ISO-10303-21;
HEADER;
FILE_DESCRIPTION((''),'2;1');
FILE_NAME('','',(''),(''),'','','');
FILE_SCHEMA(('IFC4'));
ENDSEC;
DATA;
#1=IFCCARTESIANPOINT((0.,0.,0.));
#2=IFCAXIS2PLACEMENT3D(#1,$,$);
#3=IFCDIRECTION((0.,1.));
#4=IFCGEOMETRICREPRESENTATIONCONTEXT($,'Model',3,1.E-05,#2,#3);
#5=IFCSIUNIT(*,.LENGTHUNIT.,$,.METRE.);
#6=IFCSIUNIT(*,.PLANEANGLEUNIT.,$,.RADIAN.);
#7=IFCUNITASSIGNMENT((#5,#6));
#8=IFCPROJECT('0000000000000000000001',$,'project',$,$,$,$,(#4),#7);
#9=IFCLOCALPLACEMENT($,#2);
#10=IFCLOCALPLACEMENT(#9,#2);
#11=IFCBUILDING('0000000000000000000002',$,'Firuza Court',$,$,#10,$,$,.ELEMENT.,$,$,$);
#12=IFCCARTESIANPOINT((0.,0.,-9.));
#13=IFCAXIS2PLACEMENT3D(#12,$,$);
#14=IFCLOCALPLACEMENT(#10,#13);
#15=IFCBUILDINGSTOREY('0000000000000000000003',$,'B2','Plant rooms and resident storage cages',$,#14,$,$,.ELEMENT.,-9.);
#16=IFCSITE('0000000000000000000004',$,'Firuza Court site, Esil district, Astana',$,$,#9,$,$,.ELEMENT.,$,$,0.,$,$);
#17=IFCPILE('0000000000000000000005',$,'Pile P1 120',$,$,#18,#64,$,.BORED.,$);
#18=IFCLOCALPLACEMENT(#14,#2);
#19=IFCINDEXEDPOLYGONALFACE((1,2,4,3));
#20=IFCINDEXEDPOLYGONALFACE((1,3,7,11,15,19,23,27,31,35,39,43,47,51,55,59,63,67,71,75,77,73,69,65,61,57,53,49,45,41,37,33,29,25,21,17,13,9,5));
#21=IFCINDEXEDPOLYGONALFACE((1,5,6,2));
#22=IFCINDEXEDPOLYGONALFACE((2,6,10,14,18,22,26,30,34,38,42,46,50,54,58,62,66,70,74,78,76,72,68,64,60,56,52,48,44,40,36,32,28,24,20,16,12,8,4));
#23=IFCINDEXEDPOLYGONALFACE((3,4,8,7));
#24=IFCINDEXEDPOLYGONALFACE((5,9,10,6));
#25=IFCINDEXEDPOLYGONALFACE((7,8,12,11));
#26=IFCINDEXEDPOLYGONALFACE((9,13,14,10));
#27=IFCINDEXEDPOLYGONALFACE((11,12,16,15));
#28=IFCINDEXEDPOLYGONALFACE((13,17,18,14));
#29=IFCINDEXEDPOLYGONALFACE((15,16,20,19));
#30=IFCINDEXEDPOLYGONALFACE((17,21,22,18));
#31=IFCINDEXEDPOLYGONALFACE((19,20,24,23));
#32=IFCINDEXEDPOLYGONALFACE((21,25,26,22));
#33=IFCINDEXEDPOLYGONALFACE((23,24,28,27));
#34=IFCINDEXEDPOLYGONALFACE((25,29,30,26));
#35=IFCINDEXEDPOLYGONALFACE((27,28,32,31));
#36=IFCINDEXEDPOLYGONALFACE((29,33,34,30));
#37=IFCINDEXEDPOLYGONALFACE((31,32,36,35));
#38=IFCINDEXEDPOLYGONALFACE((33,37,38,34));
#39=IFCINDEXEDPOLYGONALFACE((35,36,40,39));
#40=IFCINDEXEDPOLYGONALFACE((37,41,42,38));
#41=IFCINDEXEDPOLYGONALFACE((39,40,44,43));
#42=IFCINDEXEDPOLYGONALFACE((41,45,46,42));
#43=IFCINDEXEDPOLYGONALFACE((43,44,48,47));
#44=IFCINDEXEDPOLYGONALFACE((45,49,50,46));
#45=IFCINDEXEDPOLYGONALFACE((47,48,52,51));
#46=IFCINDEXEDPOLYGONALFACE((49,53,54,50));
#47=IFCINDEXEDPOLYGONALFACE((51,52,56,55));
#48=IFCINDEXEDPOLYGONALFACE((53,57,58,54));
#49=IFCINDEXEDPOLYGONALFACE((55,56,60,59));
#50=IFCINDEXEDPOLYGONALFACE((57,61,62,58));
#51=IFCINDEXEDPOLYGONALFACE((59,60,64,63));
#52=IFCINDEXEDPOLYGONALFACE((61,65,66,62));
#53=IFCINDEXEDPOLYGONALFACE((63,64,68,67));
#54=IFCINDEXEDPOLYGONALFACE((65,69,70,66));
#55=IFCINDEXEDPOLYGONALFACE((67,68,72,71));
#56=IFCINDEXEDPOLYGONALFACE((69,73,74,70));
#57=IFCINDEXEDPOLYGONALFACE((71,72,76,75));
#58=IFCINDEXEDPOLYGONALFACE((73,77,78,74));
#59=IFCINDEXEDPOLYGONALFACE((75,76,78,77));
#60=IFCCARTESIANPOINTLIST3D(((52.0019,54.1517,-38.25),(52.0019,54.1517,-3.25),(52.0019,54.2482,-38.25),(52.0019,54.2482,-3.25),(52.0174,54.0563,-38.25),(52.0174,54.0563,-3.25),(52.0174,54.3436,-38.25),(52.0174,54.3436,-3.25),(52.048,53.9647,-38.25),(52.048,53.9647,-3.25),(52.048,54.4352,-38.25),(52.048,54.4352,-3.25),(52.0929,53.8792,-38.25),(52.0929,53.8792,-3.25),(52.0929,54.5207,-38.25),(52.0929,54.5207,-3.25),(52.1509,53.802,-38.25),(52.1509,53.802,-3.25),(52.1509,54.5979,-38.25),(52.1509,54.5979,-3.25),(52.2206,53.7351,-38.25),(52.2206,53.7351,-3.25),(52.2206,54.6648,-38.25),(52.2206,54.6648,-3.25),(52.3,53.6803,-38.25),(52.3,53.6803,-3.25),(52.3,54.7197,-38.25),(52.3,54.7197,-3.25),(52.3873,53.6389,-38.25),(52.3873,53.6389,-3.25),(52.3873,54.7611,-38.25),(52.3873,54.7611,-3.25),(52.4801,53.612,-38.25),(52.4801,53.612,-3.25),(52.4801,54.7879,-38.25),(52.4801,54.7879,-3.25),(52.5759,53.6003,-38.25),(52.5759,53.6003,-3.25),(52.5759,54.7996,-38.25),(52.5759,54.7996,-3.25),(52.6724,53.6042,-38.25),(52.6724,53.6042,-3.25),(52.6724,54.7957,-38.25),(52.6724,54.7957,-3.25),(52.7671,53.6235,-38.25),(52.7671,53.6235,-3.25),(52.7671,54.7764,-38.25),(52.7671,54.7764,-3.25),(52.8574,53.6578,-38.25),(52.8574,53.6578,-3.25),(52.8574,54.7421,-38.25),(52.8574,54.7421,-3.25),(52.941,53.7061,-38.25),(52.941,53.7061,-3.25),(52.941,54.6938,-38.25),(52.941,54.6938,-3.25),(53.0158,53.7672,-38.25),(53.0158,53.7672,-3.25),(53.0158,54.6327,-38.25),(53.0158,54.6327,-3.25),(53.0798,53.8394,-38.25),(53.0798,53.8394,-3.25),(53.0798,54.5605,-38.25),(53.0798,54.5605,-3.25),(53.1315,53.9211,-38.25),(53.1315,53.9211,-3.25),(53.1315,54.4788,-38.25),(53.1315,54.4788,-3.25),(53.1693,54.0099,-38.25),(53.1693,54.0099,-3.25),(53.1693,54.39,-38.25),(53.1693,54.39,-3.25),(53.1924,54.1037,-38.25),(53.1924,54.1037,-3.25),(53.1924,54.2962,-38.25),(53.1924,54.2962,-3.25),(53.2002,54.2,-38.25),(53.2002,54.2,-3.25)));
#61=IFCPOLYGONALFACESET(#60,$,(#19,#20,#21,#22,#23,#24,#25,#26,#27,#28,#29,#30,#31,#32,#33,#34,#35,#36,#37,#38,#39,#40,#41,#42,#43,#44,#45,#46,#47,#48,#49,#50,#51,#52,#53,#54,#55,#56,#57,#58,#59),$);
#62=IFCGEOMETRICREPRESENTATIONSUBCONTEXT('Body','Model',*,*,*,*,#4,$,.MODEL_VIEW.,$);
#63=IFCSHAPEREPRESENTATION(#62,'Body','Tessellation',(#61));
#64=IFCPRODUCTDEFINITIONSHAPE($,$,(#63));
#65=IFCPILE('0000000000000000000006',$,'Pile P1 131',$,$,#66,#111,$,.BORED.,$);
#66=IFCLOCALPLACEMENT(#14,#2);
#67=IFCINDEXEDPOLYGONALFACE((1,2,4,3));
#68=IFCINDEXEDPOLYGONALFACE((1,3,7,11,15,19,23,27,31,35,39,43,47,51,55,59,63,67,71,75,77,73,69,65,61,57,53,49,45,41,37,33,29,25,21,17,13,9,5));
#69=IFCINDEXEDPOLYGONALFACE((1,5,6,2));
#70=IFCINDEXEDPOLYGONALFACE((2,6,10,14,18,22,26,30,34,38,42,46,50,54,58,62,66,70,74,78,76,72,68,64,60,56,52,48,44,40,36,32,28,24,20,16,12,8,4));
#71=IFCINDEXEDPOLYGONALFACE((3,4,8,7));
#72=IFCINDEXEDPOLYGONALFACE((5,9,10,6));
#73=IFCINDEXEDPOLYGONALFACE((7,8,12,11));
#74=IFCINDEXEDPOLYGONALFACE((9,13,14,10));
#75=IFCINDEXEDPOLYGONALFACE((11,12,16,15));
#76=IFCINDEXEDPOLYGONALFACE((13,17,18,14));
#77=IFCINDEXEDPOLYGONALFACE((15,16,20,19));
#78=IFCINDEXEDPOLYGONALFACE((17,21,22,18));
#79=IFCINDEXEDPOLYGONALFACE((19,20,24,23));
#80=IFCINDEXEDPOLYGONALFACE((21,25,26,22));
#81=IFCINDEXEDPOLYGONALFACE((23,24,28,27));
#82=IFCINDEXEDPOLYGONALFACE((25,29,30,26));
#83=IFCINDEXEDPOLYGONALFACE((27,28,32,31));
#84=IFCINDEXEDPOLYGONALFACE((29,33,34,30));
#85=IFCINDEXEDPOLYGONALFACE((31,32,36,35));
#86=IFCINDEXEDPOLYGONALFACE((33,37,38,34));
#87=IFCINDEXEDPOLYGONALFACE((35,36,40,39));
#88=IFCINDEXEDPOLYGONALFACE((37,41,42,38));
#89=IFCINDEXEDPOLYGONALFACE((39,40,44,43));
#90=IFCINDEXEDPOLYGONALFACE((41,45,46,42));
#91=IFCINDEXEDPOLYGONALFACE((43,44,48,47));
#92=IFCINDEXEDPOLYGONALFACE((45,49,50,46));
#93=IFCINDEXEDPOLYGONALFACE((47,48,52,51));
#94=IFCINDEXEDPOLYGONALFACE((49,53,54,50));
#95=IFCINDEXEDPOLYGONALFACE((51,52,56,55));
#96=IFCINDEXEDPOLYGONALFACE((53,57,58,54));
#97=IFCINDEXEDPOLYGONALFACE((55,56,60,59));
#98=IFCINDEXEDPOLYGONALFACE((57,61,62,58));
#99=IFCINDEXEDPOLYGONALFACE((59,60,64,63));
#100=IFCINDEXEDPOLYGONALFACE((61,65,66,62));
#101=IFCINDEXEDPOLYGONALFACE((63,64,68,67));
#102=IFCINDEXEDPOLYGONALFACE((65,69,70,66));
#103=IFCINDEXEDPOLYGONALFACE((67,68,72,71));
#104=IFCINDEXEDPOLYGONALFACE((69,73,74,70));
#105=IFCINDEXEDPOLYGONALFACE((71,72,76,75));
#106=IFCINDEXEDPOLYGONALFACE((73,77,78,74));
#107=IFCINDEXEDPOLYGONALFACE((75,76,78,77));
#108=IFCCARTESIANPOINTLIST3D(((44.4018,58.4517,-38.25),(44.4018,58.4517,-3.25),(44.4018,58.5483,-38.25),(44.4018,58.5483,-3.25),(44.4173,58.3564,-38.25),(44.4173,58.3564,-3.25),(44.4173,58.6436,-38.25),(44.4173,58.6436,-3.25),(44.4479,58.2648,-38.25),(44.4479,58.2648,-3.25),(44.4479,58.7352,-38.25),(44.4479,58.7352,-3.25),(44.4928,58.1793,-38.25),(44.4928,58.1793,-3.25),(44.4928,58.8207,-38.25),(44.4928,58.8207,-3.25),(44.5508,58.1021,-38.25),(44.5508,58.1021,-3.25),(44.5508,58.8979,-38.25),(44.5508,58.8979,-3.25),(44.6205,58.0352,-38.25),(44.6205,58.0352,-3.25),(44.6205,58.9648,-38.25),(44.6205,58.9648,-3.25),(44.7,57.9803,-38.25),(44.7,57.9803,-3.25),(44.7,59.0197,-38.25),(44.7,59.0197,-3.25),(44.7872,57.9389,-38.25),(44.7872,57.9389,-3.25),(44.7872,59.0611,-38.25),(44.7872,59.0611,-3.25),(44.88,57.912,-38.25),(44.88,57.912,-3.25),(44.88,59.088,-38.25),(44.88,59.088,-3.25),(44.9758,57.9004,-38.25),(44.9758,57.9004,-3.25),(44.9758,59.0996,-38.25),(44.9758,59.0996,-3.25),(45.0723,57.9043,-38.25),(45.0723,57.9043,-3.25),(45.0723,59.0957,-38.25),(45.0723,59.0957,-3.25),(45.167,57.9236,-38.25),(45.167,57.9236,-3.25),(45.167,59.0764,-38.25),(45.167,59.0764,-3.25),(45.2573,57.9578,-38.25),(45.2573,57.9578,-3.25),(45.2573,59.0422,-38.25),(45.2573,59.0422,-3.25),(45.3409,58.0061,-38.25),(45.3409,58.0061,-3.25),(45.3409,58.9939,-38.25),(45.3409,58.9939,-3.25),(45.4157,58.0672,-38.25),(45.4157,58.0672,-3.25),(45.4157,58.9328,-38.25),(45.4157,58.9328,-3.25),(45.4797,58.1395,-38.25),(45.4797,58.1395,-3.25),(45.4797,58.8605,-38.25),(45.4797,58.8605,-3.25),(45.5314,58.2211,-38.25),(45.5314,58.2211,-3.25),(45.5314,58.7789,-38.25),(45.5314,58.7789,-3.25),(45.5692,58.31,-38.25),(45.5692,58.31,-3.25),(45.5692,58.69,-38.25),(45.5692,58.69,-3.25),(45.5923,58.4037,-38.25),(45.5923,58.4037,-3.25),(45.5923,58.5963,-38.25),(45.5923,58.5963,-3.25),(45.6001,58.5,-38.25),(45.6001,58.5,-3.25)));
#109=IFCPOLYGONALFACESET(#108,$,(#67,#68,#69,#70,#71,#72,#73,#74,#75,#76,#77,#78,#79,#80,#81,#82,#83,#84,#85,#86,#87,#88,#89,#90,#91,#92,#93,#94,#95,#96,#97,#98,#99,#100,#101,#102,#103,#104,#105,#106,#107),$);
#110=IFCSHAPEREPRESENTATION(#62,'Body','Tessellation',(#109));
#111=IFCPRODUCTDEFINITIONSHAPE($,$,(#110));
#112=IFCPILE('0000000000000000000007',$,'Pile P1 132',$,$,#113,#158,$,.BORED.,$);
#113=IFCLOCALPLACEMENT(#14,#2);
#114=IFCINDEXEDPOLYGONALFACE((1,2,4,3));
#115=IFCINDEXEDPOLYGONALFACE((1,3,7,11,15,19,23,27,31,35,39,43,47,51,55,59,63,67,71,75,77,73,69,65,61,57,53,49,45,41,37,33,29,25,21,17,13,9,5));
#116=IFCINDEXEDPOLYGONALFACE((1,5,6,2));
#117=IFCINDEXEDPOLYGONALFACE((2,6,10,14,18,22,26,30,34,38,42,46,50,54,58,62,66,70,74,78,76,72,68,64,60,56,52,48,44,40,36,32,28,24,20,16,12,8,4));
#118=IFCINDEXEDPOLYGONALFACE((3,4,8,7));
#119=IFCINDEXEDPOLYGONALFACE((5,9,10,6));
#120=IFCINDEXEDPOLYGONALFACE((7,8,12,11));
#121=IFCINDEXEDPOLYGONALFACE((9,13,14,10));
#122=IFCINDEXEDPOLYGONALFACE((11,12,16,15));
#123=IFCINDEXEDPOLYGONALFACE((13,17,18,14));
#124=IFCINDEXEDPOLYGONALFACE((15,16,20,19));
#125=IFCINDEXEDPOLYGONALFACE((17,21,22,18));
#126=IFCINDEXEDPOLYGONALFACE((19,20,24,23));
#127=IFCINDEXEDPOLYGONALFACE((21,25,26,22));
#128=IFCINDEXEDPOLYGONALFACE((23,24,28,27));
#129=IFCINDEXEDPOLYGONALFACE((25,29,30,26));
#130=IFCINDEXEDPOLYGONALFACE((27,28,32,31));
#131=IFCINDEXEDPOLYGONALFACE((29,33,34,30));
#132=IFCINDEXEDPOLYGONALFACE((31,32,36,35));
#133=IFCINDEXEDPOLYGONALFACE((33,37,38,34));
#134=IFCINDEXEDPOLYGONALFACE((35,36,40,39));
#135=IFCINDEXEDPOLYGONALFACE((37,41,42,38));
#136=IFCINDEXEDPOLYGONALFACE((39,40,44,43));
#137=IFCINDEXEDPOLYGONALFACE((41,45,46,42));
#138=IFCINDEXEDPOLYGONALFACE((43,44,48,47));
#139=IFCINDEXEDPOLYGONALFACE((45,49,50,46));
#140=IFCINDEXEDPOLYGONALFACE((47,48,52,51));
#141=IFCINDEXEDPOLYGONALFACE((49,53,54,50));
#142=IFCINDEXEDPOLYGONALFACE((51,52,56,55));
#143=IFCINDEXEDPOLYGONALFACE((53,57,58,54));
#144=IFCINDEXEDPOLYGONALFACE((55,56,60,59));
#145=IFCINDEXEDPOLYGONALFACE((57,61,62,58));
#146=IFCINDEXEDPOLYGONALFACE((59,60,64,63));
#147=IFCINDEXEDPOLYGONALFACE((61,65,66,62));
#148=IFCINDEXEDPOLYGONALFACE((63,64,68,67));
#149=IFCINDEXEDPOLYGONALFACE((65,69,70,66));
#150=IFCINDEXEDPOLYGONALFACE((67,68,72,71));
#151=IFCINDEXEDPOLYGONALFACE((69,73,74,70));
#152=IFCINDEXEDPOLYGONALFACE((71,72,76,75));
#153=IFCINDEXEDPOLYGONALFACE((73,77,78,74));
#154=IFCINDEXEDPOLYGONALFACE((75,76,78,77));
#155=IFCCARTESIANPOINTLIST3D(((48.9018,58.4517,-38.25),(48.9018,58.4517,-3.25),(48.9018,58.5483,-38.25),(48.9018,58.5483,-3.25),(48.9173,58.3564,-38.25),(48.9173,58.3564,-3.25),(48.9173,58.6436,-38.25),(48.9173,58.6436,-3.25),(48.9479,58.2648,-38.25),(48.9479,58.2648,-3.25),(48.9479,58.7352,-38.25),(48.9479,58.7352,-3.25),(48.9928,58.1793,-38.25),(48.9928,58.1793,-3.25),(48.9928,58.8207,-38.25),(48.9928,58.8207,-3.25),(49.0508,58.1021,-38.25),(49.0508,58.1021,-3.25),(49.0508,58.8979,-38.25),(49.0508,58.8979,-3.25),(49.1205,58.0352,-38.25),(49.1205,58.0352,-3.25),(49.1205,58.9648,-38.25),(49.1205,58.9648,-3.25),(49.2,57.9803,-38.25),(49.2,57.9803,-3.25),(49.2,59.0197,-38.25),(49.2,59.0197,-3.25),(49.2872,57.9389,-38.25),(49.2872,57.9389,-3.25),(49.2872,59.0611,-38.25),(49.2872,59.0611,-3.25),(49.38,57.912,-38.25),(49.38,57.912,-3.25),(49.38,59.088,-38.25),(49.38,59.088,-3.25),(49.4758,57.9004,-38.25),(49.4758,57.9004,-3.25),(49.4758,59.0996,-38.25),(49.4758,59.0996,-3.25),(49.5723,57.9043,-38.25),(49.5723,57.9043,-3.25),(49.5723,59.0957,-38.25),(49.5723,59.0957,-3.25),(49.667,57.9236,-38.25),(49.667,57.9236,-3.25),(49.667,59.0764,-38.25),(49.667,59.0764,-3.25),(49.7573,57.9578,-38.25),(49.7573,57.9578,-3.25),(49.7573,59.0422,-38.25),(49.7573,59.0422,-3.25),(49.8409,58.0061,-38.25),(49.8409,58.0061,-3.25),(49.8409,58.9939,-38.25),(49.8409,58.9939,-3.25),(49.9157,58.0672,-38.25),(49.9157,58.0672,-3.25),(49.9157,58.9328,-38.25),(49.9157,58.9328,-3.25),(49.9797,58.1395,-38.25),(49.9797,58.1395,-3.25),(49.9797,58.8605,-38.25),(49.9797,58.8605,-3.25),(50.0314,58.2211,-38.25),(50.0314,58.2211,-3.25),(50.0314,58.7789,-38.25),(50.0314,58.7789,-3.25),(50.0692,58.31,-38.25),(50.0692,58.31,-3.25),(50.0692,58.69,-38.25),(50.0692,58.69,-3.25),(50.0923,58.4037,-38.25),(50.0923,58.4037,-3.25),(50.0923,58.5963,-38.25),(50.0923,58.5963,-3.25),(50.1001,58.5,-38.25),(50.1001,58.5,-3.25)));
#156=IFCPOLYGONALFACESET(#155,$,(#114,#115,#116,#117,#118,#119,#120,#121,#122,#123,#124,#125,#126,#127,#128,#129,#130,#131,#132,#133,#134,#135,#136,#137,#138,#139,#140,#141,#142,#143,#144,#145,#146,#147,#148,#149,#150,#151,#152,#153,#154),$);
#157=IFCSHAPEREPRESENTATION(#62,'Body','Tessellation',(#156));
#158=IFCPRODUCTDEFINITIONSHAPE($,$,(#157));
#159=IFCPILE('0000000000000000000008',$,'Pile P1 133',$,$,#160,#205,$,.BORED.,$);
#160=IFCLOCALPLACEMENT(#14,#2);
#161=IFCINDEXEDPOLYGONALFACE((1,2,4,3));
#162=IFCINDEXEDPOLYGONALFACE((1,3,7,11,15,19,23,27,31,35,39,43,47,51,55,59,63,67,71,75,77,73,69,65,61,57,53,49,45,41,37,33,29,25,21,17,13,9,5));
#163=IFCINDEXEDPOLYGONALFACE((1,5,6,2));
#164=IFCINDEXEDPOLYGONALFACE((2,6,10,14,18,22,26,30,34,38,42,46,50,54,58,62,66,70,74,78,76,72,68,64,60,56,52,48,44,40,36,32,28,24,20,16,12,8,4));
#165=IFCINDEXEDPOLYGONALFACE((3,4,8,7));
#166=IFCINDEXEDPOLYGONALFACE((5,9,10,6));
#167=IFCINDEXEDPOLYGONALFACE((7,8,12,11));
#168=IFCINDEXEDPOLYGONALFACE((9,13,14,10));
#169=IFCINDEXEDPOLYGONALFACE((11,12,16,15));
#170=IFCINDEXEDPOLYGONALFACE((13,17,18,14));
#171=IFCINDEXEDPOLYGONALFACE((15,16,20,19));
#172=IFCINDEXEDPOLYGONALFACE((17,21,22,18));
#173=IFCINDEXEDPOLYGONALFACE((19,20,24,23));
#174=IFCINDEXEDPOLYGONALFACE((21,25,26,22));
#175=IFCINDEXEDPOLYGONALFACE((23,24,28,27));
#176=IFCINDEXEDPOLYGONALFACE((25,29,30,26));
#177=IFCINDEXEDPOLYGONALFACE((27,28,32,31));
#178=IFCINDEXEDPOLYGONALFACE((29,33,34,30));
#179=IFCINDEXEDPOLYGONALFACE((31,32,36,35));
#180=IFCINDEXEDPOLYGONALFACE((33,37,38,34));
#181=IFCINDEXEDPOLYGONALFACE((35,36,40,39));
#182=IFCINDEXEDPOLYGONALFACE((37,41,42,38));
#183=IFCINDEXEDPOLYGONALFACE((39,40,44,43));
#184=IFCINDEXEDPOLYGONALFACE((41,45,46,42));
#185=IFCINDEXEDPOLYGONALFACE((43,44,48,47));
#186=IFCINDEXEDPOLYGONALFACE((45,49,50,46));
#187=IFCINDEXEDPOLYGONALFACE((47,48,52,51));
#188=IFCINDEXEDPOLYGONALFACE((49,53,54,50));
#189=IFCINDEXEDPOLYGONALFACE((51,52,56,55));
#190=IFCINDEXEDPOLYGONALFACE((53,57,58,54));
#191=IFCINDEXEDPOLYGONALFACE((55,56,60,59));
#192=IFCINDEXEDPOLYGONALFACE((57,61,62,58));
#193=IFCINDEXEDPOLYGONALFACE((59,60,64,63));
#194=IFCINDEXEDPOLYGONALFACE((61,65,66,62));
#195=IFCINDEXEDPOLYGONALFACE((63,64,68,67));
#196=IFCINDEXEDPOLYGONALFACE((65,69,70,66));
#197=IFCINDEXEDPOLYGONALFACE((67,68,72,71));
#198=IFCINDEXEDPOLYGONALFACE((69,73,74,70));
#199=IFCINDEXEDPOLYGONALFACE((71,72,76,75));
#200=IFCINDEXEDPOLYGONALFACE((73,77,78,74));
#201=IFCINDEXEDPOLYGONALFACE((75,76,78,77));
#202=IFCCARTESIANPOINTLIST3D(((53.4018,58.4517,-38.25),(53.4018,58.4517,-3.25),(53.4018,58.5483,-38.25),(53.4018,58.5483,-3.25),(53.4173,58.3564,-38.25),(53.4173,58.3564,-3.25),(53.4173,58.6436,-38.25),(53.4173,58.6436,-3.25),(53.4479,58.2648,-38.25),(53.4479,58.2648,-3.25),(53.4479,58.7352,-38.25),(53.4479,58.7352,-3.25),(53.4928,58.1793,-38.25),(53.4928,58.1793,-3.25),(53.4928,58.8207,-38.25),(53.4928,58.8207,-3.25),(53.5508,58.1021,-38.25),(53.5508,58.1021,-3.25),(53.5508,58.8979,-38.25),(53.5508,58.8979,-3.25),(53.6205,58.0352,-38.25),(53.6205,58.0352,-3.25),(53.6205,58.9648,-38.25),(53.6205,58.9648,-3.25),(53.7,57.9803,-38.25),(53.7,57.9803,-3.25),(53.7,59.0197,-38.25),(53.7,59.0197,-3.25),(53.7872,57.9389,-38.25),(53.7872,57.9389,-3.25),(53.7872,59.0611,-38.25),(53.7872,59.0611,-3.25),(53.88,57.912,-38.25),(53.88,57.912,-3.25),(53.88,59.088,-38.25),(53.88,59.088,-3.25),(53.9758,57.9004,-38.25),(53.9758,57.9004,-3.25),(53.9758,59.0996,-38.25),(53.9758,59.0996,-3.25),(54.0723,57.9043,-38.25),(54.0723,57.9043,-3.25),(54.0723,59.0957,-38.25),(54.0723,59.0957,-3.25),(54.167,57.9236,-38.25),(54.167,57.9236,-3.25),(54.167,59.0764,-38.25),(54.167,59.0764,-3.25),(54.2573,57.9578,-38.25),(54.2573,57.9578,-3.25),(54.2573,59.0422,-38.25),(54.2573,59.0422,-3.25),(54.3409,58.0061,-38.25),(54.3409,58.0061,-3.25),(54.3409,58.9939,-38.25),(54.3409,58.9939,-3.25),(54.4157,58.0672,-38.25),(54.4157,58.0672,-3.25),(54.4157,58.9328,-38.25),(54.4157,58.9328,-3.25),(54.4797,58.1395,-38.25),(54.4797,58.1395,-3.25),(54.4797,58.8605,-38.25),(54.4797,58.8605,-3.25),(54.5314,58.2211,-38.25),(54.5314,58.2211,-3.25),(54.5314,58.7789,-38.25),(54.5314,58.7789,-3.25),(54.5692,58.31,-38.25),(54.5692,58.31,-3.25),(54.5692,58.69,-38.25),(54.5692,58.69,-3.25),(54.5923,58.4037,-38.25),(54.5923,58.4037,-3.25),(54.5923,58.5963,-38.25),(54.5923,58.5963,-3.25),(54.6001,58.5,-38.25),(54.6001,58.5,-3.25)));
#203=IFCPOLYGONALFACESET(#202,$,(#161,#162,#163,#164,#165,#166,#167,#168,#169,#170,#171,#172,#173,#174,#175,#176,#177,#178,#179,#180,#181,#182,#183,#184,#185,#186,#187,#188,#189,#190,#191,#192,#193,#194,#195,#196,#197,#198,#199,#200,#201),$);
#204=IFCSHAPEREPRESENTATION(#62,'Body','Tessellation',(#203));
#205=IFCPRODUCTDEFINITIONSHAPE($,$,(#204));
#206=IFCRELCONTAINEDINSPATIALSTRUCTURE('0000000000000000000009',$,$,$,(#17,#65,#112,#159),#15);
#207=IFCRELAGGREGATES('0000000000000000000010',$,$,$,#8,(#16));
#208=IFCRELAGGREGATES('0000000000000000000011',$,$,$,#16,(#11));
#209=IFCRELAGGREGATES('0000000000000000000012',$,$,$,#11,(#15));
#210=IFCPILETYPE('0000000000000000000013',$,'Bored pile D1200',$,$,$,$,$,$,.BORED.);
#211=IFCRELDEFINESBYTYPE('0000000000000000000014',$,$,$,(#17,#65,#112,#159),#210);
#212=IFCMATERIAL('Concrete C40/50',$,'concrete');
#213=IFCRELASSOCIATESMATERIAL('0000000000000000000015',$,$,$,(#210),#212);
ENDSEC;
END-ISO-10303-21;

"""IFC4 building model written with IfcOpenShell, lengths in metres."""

from ifc_helpers import new_model, si_unit, direction, frame, origin, origin_2d, place, context, subcontext, project, spatial, circle, extrude, material, material_profile, profile_set, type_object, element, save


model = new_model("IFC4")

# Units and contexts
model_context = context("Model", 3, precision=1e-05, world=origin(), true_north=direction((0.0, 1.0)))
body_context = subcontext(model_context, "Body", "Model", "MODEL_VIEW")
ifc_project = project(units=[si_unit("LENGTHUNIT", "METRE"), si_unit("PLANEANGLEUNIT", "RADIAN")], contexts=[model_context])

# Site, building, storey
site_placement = place(None, origin())
site = spatial("IfcSite", under=ifc_project, at=site_placement, Name="Firuza Court site, Esil district, Astana", CompositionType="ELEMENT", RefElevation=0.0)
building_placement = place(site_placement, origin())
building = spatial("IfcBuilding", under=site, at=building_placement, Name="Firuza Court", CompositionType="ELEMENT")
storey_placement = place(building_placement, frame((0.0, 0.0, -9.0)))
storey = spatial("IfcBuildingStorey", under=building, at=storey_placement, Name="B2", Description="Plant rooms and resident storage cages", CompositionType="ELEMENT", Elevation=-9.0)

# Piles
ifc_material_1 = material(Name="Concrete C40/50", Category="concrete")
ifc_material_profile_1 = material_profile(ifc_material_1, circle(Radius=0.6001, at=origin_2d()), Name="Pile D1200")
ifc_profile_set_1 = profile_set([ifc_material_profile_1], Name="Concrete C40/50")
pile_type = type_object("IfcPileType", Name="Bored pile D1200", PredefinedType="BORED", material=ifc_profile_set_1)
for number, where, z_axis, x_axis, name in (
    (1, (52.6001, 54.2, -3.25), (0.0, 0.0, -1.0), (1.0, 0.0, 0.0), "Pile P1 120"),
    (2, (45.0, 58.5, -3.25), (0.0, 0.0, -1.0), (1.0, 0.0, 0.0), "Pile P1 131"),
    (3, (49.5, 58.5, -3.25), (0.0, 0.0, -1.0), (1.0, 0.0, 0.0), "Pile P1 132"),
    (4, (54.0, 58.5, -3.25), (0.0, 0.0, -1.0), (1.0, 0.0, 0.0), "Pile P1 133"),
):
    element("IfcPile", number, at=place(storey_placement, frame(where, z_axis=z_axis, x_axis=x_axis)), inside=storey, type_object=pile_type, Name=name, PredefinedType="BORED", context=body_context, shape_type="SweptSolid", body=[
        extrude(circle(Radius=0.6001, at=origin_2d()), origin(), (0.0, 0.0, 1.0), 35.0),
    ])

save(model, "model.ifc")
